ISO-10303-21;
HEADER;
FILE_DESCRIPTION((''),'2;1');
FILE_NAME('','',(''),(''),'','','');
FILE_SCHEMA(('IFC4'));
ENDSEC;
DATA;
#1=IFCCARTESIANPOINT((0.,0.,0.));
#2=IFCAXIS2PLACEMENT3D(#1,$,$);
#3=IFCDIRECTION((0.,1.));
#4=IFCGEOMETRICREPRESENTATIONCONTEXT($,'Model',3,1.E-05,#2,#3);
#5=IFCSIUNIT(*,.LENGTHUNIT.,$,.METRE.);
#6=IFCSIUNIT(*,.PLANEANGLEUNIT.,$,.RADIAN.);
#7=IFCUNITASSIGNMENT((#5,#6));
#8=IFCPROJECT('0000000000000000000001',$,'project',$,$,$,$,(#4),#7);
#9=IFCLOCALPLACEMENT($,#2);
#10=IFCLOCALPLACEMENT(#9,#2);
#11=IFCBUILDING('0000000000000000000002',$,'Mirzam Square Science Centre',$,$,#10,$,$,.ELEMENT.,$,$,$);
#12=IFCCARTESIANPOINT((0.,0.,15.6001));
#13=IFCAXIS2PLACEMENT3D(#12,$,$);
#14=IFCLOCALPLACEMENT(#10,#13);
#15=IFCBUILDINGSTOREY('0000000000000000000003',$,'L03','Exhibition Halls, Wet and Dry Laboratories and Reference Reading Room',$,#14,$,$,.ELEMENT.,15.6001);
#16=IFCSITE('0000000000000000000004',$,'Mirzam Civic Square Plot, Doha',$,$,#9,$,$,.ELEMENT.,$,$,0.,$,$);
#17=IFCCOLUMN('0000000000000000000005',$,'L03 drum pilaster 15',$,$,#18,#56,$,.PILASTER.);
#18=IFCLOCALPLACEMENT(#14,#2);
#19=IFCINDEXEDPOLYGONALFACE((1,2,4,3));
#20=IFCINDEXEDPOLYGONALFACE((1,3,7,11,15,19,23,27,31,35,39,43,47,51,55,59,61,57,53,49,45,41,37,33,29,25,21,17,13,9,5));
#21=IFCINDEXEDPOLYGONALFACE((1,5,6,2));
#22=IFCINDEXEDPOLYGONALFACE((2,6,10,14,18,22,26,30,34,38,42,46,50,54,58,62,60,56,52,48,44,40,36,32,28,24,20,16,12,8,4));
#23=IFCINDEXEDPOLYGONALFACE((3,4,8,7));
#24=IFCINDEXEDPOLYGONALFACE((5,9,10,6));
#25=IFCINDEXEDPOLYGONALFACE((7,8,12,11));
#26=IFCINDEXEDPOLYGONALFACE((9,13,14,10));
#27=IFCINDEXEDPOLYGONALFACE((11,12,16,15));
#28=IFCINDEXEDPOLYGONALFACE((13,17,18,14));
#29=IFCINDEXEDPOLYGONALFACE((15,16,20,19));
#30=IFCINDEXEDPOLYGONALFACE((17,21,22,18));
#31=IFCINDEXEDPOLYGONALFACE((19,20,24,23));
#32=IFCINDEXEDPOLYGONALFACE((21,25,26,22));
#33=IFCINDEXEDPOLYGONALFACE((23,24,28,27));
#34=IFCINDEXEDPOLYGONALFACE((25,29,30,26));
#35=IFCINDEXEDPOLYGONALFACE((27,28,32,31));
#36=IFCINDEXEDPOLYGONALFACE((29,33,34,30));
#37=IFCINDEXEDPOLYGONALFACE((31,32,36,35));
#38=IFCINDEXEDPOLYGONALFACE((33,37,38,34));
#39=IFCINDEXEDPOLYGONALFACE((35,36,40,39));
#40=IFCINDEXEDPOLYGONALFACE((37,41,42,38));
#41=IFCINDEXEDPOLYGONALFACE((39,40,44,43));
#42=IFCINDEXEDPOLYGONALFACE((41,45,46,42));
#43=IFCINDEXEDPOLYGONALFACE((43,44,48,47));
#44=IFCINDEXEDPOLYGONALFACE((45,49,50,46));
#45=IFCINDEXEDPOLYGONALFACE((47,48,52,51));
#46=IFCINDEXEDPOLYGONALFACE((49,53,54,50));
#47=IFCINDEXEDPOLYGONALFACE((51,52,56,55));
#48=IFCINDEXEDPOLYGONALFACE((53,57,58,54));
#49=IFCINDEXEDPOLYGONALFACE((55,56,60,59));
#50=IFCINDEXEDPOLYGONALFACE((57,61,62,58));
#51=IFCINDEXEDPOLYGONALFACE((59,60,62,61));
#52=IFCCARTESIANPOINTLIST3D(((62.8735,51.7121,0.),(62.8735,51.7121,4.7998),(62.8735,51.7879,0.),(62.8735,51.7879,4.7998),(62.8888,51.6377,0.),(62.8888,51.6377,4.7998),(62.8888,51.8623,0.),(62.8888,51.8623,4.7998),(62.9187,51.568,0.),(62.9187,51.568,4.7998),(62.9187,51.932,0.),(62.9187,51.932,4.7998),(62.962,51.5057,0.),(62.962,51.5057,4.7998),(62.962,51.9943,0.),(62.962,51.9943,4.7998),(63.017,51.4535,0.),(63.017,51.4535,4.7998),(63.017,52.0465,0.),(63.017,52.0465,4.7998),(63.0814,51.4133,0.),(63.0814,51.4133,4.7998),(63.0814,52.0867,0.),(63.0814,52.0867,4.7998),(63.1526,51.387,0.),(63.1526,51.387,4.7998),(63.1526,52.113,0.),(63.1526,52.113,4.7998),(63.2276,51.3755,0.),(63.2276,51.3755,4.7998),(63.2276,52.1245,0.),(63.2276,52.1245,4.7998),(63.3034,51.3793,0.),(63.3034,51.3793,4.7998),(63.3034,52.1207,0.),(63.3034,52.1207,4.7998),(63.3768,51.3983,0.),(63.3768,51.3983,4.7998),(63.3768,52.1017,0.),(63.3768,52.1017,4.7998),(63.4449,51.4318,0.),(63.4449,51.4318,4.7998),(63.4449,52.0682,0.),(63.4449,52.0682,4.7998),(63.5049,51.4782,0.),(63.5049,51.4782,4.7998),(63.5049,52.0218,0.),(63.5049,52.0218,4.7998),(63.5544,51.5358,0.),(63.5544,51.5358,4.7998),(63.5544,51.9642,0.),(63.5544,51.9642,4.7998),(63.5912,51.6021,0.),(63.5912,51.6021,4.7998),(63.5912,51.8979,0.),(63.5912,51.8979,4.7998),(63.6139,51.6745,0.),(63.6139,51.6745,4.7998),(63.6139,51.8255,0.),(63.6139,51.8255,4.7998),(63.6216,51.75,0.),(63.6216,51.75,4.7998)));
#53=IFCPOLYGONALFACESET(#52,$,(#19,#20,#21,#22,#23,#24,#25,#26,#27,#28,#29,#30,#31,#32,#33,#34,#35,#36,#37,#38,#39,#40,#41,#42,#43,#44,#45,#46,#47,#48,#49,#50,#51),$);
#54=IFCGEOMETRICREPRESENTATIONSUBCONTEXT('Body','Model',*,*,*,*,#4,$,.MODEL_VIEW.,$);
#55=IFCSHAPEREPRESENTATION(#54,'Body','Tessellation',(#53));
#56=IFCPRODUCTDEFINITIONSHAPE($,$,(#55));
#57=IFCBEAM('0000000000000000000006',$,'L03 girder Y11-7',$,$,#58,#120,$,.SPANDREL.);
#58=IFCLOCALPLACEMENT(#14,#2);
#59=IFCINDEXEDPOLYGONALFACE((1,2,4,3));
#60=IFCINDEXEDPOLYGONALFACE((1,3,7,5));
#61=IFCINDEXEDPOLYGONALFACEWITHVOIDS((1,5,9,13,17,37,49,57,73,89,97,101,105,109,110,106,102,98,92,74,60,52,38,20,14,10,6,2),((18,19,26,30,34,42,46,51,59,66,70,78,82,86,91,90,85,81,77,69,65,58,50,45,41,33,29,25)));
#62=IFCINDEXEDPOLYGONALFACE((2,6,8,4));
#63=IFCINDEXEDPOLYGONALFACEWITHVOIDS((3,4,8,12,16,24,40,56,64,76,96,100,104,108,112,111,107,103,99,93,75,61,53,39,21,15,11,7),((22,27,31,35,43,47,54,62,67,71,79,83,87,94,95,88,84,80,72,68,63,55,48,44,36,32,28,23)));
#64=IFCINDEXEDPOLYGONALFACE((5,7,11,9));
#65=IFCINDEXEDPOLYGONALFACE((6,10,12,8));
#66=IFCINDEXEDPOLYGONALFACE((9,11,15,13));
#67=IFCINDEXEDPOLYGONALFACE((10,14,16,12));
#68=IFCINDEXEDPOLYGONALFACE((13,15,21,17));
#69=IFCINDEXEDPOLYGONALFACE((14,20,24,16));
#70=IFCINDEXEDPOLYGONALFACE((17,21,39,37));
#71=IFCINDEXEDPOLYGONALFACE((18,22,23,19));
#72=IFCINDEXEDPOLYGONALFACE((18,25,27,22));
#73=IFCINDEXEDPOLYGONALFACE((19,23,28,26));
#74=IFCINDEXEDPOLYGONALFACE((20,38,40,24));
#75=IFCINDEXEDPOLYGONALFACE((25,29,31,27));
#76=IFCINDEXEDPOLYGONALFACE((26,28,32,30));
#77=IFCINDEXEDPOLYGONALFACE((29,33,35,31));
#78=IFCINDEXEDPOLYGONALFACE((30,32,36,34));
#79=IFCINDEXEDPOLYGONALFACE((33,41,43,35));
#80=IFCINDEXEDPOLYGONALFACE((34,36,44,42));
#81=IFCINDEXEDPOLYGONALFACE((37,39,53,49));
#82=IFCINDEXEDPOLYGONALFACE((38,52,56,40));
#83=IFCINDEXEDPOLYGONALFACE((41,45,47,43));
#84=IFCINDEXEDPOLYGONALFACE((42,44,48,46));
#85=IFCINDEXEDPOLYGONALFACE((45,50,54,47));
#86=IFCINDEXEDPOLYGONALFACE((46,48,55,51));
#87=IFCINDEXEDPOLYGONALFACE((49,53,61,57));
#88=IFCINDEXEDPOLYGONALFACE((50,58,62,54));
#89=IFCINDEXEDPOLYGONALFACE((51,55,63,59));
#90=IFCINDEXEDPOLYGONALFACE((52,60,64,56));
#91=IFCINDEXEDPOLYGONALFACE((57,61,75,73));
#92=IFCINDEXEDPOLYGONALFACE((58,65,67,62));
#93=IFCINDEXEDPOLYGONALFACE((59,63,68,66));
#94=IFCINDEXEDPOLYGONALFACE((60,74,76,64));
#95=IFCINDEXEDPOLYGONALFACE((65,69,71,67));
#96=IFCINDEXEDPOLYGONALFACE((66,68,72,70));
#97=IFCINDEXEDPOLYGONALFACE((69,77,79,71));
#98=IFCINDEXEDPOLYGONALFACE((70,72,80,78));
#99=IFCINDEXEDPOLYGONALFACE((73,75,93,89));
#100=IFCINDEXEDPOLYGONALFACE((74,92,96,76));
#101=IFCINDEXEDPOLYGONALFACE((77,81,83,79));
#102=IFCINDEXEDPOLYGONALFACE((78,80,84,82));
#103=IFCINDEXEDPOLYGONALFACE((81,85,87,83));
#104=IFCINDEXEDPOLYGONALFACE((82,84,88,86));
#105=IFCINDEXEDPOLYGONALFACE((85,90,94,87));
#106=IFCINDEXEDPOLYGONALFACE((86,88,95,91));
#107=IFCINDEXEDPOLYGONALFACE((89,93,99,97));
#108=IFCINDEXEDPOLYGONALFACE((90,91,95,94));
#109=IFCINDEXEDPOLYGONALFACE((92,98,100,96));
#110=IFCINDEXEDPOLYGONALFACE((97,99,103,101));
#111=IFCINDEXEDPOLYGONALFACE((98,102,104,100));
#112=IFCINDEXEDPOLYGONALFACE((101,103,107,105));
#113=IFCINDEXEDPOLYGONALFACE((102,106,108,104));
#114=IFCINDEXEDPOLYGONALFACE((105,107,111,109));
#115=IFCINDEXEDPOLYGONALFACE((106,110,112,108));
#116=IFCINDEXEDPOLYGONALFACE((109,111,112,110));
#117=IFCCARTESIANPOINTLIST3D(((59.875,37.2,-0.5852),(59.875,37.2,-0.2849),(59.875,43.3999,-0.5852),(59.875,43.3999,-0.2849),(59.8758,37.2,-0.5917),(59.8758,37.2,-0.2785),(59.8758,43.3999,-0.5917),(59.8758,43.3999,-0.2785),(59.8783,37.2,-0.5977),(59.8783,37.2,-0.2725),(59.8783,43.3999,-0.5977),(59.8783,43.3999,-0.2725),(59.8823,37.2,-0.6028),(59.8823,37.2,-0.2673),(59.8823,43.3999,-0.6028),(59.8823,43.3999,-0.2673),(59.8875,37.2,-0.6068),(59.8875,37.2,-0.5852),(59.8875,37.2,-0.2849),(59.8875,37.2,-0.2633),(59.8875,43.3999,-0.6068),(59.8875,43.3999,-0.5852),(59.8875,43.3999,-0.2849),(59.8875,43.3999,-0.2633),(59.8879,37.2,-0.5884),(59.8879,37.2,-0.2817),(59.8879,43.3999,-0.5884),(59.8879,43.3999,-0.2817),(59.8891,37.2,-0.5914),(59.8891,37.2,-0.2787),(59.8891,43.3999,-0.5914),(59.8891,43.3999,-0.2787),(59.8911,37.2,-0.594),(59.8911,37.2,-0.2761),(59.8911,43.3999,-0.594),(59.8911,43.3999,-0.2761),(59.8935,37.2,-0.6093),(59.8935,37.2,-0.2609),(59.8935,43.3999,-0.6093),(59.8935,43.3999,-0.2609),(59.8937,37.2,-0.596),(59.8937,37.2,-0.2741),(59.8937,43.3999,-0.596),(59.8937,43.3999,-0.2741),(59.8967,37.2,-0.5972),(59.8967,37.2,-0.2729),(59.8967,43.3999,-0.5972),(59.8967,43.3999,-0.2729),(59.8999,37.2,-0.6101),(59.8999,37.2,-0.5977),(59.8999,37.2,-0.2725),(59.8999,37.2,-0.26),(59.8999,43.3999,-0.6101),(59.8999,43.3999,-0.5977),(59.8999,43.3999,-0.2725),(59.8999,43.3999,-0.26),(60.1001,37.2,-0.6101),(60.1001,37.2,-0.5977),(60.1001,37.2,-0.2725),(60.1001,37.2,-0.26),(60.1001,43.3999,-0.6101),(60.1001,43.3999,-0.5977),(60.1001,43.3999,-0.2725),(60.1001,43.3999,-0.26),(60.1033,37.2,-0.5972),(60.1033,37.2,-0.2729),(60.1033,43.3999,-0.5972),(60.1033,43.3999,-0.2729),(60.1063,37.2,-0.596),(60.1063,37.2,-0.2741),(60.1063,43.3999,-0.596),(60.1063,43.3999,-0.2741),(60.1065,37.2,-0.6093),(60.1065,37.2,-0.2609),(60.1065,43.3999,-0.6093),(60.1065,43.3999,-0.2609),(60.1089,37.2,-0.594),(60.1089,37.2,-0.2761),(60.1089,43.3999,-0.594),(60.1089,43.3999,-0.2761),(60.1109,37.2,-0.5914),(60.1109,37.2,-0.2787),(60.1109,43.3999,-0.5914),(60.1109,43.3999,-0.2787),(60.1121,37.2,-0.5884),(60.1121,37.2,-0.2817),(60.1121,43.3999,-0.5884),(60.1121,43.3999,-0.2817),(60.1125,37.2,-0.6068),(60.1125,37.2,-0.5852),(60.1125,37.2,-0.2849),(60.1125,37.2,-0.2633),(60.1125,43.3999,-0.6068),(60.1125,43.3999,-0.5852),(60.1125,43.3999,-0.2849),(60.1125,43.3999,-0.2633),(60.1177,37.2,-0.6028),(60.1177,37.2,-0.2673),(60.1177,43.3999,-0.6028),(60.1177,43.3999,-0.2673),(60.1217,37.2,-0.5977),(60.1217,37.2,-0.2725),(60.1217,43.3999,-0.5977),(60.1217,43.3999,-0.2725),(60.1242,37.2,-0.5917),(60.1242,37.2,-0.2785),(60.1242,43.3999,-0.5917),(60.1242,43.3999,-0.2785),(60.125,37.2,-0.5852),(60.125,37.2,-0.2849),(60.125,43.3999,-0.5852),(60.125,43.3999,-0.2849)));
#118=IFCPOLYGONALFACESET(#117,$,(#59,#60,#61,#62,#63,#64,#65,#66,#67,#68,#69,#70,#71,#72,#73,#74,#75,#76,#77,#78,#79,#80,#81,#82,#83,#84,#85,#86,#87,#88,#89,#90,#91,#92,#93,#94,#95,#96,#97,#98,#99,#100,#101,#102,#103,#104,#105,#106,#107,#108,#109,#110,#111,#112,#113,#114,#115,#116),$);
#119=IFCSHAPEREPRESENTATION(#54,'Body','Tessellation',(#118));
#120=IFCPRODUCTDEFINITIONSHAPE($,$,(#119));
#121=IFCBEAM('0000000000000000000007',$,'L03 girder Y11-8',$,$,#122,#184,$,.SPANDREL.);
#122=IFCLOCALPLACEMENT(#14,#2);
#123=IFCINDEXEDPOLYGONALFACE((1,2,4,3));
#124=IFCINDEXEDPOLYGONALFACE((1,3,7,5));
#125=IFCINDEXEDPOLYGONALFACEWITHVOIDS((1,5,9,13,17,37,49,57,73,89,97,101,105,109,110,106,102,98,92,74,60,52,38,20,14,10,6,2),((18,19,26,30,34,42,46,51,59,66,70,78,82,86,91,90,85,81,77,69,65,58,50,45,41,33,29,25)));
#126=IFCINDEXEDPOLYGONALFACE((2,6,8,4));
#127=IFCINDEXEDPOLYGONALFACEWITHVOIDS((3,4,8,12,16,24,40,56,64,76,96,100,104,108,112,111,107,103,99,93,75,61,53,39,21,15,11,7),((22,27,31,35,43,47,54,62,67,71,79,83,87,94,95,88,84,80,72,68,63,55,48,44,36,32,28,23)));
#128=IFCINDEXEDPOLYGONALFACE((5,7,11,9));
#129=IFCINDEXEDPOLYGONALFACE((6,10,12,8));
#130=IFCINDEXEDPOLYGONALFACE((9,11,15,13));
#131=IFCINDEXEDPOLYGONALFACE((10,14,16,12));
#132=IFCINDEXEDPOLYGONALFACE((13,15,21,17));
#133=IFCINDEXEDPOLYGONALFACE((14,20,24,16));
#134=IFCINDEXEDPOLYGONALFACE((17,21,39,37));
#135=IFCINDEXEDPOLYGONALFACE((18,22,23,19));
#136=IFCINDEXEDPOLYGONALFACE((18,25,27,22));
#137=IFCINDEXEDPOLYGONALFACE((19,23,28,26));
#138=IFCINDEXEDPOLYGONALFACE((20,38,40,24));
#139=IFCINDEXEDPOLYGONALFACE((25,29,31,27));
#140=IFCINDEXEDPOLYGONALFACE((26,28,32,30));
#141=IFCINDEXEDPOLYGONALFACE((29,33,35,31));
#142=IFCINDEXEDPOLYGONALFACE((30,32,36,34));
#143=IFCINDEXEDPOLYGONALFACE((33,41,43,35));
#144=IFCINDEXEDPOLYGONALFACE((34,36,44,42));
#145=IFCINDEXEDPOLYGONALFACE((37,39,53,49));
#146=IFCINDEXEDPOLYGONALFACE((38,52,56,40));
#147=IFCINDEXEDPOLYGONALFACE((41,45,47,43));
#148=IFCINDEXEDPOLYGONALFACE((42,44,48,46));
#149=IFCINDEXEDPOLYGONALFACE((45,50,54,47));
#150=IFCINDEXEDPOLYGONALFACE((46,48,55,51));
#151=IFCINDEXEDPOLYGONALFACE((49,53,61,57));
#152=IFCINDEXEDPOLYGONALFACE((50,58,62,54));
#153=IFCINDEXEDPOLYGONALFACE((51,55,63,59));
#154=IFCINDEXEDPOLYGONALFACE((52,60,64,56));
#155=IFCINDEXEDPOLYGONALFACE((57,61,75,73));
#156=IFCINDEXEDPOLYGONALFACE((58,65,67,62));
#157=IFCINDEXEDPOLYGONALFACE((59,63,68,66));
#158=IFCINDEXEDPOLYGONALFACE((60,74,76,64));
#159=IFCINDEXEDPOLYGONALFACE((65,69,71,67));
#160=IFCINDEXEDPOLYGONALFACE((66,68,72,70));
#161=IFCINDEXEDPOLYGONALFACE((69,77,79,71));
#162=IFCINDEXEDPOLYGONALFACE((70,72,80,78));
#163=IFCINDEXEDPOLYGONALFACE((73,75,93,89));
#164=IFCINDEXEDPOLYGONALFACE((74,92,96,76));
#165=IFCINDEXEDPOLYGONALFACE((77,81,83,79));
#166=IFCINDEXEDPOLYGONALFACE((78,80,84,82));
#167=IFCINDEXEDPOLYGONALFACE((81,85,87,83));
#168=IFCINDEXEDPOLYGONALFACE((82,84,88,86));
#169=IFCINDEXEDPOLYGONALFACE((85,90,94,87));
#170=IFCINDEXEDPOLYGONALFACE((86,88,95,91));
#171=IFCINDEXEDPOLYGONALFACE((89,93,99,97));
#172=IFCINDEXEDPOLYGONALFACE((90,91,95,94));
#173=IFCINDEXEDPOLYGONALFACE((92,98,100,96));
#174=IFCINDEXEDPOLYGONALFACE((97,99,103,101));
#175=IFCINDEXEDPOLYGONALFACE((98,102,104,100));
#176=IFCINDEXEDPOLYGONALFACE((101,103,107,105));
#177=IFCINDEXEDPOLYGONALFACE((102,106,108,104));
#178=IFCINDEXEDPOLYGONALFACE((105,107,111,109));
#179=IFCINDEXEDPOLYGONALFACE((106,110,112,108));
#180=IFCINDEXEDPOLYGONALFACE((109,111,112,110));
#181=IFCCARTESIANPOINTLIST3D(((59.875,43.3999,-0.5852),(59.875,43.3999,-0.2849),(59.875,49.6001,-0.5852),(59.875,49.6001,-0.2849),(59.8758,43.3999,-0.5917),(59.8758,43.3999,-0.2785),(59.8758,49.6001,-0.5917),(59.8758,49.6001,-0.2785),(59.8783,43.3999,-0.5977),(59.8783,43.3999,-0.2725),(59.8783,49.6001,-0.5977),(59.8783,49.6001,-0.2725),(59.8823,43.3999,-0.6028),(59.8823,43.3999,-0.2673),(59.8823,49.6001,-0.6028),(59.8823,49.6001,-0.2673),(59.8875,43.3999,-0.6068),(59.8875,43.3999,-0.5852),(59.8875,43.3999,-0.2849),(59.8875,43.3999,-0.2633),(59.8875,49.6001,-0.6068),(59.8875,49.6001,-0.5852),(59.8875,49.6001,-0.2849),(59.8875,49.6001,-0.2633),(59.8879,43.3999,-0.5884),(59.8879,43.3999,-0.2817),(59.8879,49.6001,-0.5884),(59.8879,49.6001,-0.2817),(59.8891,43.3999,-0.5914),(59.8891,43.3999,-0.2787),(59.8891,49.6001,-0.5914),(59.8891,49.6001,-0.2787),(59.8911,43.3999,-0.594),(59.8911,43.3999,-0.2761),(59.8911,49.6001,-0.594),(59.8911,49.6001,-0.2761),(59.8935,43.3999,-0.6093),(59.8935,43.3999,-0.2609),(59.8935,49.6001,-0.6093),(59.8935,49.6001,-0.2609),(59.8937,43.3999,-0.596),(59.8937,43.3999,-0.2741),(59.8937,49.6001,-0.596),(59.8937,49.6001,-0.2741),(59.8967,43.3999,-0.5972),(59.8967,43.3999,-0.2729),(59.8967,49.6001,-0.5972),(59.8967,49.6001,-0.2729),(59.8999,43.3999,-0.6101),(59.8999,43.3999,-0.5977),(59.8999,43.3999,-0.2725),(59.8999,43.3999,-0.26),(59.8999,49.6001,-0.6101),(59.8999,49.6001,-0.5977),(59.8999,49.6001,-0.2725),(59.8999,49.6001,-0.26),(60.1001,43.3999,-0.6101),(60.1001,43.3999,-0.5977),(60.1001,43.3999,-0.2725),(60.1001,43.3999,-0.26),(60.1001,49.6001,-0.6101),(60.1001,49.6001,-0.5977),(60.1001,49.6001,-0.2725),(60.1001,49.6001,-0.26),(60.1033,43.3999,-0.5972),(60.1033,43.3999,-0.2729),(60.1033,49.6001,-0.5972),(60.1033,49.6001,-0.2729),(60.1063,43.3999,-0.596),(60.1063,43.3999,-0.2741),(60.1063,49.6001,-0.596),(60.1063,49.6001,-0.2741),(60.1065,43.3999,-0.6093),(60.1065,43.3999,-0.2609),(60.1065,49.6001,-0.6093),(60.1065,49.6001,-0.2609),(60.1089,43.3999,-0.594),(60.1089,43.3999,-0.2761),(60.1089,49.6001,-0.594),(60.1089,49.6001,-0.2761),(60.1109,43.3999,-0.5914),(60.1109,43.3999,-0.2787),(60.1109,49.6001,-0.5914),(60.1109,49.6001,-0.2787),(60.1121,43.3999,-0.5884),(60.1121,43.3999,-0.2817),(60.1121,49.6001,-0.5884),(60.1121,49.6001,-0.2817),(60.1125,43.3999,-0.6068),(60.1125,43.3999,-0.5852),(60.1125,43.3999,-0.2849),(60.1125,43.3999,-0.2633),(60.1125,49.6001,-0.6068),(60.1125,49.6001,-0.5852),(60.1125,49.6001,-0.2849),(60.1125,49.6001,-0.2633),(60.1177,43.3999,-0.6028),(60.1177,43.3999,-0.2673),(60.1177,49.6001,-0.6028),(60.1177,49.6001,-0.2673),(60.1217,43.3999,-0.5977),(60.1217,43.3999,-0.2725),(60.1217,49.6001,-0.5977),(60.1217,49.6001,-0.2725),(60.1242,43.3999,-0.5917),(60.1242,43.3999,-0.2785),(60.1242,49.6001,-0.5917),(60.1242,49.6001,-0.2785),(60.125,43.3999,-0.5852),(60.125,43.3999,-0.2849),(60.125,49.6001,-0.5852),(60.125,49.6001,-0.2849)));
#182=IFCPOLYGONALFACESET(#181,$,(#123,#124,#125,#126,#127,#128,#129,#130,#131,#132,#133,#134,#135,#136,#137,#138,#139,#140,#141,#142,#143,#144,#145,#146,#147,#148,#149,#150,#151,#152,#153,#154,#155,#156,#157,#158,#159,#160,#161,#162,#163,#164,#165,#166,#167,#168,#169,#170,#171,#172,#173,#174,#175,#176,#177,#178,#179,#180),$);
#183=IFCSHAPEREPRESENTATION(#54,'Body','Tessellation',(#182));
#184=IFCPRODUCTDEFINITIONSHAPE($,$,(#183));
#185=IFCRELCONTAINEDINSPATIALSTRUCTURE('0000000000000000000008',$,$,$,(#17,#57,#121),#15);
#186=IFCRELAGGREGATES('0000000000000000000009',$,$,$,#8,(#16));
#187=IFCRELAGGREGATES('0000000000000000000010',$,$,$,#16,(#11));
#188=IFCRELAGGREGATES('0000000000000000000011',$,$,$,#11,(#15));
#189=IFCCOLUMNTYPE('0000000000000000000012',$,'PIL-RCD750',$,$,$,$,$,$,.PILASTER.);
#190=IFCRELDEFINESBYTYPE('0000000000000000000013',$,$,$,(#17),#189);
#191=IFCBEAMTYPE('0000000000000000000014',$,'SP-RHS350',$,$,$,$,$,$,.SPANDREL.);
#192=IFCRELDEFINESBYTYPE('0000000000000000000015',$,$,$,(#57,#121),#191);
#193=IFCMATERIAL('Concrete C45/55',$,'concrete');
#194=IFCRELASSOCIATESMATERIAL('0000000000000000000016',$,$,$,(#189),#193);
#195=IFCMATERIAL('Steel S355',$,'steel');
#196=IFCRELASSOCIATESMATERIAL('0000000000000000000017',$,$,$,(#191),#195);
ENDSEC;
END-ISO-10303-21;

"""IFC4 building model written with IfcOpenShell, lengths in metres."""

from ifc_helpers import new_model, si_unit, direction, frame, origin, origin_2d, place, context, subcontext, project, spatial, hollow_rectangle, circle, extrude, material, material_profile, profile_set, type_object, element, save


model = new_model("IFC4")

# Units and contexts
model_context = context("Model", 3, precision=1e-05, world=origin(), true_north=direction((0.0, 1.0)))
body_context = subcontext(model_context, "Body", "Model", "MODEL_VIEW")
ifc_project = project(units=[si_unit("LENGTHUNIT", "METRE"), si_unit("PLANEANGLEUNIT", "RADIAN")], contexts=[model_context])

# Site, building, storey
site_placement = place(None, origin())
site = spatial("IfcSite", under=ifc_project, at=site_placement, Name="Mirzam Civic Square Plot, Doha", CompositionType="ELEMENT", RefElevation=0.0)
building_placement = place(site_placement, origin())
building = spatial("IfcBuilding", under=site, at=building_placement, Name="Mirzam Square Science Centre", CompositionType="ELEMENT")
storey_placement = place(building_placement, frame((0.0, 0.0, 15.6001)))
storey = spatial("IfcBuildingStorey", under=building, at=storey_placement, Name="L03", Description="Exhibition Halls, Wet and Dry Laboratories and Reference Reading Room", CompositionType="ELEMENT", Elevation=15.6001)

# Column
ifc_material_1 = material(Name="Steel S355", Category="steel")
ifc_material_2 = material(Name="Concrete C45/55", Category="concrete")
ifc_material_profile_1 = material_profile(ifc_material_2, circle(Radius=0.375, at=origin_2d()), Name="RCD750")
ifc_profile_set_1 = profile_set([ifc_material_profile_1], Name="Concrete C45/55")
column_type_1 = type_object("IfcColumnType", Name="PIL-RCD750", PredefinedType="PILASTER", material=ifc_profile_set_1)
column_1_placement = place(storey_placement, frame((63.2466, 51.75, 0.0), z_axis=(0.0, 0.0, 1.0), x_axis=(1.0, 0.0, 0.0)))
element("IfcColumn", 1, at=column_1_placement, inside=storey, type_object=column_type_1, Name="L03 drum pilaster 15", PredefinedType="PILASTER", context=body_context, shape_type="SweptSolid", body=[
    extrude(circle(Radius=0.375, at=origin_2d()), origin(), (0.0, 0.0, 1.0), 4.7998),
])

# Beams
ifc_material_profile_2 = material_profile(ifc_material_1, hollow_rectangle(XDim=0.25, YDim=0.3501, WallThickness=0.0125, InnerFilletRadius=0.0125, OuterFilletRadius=0.0249, at=origin_2d()), Name="350x250x12.5RHS")
ifc_profile_set_2 = profile_set([ifc_material_profile_2], Name="Steel S355")
beam_type = type_object("IfcBeamType", Name="SP-RHS350", PredefinedType="SPANDREL", material=ifc_profile_set_2)
beam_1_placement = place(storey_placement, frame((60.0, 37.2, -0.4351), z_axis=(0.0, 1.0, 0.0), x_axis=(-1.0, 0.0, 0.0)))
element("IfcBeam", 2, at=beam_1_placement, inside=storey, type_object=beam_type, Name="L03 girder Y11-7", PredefinedType="SPANDREL", context=body_context, shape_type="SweptSolid", body=[
    extrude(hollow_rectangle(XDim=0.25, YDim=0.3501, WallThickness=0.0125, InnerFilletRadius=0.0125, OuterFilletRadius=0.0249, at=origin_2d()), origin(), (0.0, 0.0, 1.0), 6.2),
])
beam_2_placement = place(storey_placement, frame((60.0, 43.3999, -0.4351), z_axis=(0.0, 1.0, 0.0), x_axis=(-1.0, 0.0, 0.0)))
element("IfcBeam", 3, at=beam_2_placement, inside=storey, type_object=beam_type, Name="L03 girder Y11-8", PredefinedType="SPANDREL", context=body_context, shape_type="SweptSolid", body=[
    extrude(hollow_rectangle(XDim=0.25, YDim=0.3501, WallThickness=0.0125, InnerFilletRadius=0.0125, OuterFilletRadius=0.0249, at=origin_2d()), origin(), (0.0, 0.0, 1.0), 6.2002),
])

save(model, "model.ifc")
